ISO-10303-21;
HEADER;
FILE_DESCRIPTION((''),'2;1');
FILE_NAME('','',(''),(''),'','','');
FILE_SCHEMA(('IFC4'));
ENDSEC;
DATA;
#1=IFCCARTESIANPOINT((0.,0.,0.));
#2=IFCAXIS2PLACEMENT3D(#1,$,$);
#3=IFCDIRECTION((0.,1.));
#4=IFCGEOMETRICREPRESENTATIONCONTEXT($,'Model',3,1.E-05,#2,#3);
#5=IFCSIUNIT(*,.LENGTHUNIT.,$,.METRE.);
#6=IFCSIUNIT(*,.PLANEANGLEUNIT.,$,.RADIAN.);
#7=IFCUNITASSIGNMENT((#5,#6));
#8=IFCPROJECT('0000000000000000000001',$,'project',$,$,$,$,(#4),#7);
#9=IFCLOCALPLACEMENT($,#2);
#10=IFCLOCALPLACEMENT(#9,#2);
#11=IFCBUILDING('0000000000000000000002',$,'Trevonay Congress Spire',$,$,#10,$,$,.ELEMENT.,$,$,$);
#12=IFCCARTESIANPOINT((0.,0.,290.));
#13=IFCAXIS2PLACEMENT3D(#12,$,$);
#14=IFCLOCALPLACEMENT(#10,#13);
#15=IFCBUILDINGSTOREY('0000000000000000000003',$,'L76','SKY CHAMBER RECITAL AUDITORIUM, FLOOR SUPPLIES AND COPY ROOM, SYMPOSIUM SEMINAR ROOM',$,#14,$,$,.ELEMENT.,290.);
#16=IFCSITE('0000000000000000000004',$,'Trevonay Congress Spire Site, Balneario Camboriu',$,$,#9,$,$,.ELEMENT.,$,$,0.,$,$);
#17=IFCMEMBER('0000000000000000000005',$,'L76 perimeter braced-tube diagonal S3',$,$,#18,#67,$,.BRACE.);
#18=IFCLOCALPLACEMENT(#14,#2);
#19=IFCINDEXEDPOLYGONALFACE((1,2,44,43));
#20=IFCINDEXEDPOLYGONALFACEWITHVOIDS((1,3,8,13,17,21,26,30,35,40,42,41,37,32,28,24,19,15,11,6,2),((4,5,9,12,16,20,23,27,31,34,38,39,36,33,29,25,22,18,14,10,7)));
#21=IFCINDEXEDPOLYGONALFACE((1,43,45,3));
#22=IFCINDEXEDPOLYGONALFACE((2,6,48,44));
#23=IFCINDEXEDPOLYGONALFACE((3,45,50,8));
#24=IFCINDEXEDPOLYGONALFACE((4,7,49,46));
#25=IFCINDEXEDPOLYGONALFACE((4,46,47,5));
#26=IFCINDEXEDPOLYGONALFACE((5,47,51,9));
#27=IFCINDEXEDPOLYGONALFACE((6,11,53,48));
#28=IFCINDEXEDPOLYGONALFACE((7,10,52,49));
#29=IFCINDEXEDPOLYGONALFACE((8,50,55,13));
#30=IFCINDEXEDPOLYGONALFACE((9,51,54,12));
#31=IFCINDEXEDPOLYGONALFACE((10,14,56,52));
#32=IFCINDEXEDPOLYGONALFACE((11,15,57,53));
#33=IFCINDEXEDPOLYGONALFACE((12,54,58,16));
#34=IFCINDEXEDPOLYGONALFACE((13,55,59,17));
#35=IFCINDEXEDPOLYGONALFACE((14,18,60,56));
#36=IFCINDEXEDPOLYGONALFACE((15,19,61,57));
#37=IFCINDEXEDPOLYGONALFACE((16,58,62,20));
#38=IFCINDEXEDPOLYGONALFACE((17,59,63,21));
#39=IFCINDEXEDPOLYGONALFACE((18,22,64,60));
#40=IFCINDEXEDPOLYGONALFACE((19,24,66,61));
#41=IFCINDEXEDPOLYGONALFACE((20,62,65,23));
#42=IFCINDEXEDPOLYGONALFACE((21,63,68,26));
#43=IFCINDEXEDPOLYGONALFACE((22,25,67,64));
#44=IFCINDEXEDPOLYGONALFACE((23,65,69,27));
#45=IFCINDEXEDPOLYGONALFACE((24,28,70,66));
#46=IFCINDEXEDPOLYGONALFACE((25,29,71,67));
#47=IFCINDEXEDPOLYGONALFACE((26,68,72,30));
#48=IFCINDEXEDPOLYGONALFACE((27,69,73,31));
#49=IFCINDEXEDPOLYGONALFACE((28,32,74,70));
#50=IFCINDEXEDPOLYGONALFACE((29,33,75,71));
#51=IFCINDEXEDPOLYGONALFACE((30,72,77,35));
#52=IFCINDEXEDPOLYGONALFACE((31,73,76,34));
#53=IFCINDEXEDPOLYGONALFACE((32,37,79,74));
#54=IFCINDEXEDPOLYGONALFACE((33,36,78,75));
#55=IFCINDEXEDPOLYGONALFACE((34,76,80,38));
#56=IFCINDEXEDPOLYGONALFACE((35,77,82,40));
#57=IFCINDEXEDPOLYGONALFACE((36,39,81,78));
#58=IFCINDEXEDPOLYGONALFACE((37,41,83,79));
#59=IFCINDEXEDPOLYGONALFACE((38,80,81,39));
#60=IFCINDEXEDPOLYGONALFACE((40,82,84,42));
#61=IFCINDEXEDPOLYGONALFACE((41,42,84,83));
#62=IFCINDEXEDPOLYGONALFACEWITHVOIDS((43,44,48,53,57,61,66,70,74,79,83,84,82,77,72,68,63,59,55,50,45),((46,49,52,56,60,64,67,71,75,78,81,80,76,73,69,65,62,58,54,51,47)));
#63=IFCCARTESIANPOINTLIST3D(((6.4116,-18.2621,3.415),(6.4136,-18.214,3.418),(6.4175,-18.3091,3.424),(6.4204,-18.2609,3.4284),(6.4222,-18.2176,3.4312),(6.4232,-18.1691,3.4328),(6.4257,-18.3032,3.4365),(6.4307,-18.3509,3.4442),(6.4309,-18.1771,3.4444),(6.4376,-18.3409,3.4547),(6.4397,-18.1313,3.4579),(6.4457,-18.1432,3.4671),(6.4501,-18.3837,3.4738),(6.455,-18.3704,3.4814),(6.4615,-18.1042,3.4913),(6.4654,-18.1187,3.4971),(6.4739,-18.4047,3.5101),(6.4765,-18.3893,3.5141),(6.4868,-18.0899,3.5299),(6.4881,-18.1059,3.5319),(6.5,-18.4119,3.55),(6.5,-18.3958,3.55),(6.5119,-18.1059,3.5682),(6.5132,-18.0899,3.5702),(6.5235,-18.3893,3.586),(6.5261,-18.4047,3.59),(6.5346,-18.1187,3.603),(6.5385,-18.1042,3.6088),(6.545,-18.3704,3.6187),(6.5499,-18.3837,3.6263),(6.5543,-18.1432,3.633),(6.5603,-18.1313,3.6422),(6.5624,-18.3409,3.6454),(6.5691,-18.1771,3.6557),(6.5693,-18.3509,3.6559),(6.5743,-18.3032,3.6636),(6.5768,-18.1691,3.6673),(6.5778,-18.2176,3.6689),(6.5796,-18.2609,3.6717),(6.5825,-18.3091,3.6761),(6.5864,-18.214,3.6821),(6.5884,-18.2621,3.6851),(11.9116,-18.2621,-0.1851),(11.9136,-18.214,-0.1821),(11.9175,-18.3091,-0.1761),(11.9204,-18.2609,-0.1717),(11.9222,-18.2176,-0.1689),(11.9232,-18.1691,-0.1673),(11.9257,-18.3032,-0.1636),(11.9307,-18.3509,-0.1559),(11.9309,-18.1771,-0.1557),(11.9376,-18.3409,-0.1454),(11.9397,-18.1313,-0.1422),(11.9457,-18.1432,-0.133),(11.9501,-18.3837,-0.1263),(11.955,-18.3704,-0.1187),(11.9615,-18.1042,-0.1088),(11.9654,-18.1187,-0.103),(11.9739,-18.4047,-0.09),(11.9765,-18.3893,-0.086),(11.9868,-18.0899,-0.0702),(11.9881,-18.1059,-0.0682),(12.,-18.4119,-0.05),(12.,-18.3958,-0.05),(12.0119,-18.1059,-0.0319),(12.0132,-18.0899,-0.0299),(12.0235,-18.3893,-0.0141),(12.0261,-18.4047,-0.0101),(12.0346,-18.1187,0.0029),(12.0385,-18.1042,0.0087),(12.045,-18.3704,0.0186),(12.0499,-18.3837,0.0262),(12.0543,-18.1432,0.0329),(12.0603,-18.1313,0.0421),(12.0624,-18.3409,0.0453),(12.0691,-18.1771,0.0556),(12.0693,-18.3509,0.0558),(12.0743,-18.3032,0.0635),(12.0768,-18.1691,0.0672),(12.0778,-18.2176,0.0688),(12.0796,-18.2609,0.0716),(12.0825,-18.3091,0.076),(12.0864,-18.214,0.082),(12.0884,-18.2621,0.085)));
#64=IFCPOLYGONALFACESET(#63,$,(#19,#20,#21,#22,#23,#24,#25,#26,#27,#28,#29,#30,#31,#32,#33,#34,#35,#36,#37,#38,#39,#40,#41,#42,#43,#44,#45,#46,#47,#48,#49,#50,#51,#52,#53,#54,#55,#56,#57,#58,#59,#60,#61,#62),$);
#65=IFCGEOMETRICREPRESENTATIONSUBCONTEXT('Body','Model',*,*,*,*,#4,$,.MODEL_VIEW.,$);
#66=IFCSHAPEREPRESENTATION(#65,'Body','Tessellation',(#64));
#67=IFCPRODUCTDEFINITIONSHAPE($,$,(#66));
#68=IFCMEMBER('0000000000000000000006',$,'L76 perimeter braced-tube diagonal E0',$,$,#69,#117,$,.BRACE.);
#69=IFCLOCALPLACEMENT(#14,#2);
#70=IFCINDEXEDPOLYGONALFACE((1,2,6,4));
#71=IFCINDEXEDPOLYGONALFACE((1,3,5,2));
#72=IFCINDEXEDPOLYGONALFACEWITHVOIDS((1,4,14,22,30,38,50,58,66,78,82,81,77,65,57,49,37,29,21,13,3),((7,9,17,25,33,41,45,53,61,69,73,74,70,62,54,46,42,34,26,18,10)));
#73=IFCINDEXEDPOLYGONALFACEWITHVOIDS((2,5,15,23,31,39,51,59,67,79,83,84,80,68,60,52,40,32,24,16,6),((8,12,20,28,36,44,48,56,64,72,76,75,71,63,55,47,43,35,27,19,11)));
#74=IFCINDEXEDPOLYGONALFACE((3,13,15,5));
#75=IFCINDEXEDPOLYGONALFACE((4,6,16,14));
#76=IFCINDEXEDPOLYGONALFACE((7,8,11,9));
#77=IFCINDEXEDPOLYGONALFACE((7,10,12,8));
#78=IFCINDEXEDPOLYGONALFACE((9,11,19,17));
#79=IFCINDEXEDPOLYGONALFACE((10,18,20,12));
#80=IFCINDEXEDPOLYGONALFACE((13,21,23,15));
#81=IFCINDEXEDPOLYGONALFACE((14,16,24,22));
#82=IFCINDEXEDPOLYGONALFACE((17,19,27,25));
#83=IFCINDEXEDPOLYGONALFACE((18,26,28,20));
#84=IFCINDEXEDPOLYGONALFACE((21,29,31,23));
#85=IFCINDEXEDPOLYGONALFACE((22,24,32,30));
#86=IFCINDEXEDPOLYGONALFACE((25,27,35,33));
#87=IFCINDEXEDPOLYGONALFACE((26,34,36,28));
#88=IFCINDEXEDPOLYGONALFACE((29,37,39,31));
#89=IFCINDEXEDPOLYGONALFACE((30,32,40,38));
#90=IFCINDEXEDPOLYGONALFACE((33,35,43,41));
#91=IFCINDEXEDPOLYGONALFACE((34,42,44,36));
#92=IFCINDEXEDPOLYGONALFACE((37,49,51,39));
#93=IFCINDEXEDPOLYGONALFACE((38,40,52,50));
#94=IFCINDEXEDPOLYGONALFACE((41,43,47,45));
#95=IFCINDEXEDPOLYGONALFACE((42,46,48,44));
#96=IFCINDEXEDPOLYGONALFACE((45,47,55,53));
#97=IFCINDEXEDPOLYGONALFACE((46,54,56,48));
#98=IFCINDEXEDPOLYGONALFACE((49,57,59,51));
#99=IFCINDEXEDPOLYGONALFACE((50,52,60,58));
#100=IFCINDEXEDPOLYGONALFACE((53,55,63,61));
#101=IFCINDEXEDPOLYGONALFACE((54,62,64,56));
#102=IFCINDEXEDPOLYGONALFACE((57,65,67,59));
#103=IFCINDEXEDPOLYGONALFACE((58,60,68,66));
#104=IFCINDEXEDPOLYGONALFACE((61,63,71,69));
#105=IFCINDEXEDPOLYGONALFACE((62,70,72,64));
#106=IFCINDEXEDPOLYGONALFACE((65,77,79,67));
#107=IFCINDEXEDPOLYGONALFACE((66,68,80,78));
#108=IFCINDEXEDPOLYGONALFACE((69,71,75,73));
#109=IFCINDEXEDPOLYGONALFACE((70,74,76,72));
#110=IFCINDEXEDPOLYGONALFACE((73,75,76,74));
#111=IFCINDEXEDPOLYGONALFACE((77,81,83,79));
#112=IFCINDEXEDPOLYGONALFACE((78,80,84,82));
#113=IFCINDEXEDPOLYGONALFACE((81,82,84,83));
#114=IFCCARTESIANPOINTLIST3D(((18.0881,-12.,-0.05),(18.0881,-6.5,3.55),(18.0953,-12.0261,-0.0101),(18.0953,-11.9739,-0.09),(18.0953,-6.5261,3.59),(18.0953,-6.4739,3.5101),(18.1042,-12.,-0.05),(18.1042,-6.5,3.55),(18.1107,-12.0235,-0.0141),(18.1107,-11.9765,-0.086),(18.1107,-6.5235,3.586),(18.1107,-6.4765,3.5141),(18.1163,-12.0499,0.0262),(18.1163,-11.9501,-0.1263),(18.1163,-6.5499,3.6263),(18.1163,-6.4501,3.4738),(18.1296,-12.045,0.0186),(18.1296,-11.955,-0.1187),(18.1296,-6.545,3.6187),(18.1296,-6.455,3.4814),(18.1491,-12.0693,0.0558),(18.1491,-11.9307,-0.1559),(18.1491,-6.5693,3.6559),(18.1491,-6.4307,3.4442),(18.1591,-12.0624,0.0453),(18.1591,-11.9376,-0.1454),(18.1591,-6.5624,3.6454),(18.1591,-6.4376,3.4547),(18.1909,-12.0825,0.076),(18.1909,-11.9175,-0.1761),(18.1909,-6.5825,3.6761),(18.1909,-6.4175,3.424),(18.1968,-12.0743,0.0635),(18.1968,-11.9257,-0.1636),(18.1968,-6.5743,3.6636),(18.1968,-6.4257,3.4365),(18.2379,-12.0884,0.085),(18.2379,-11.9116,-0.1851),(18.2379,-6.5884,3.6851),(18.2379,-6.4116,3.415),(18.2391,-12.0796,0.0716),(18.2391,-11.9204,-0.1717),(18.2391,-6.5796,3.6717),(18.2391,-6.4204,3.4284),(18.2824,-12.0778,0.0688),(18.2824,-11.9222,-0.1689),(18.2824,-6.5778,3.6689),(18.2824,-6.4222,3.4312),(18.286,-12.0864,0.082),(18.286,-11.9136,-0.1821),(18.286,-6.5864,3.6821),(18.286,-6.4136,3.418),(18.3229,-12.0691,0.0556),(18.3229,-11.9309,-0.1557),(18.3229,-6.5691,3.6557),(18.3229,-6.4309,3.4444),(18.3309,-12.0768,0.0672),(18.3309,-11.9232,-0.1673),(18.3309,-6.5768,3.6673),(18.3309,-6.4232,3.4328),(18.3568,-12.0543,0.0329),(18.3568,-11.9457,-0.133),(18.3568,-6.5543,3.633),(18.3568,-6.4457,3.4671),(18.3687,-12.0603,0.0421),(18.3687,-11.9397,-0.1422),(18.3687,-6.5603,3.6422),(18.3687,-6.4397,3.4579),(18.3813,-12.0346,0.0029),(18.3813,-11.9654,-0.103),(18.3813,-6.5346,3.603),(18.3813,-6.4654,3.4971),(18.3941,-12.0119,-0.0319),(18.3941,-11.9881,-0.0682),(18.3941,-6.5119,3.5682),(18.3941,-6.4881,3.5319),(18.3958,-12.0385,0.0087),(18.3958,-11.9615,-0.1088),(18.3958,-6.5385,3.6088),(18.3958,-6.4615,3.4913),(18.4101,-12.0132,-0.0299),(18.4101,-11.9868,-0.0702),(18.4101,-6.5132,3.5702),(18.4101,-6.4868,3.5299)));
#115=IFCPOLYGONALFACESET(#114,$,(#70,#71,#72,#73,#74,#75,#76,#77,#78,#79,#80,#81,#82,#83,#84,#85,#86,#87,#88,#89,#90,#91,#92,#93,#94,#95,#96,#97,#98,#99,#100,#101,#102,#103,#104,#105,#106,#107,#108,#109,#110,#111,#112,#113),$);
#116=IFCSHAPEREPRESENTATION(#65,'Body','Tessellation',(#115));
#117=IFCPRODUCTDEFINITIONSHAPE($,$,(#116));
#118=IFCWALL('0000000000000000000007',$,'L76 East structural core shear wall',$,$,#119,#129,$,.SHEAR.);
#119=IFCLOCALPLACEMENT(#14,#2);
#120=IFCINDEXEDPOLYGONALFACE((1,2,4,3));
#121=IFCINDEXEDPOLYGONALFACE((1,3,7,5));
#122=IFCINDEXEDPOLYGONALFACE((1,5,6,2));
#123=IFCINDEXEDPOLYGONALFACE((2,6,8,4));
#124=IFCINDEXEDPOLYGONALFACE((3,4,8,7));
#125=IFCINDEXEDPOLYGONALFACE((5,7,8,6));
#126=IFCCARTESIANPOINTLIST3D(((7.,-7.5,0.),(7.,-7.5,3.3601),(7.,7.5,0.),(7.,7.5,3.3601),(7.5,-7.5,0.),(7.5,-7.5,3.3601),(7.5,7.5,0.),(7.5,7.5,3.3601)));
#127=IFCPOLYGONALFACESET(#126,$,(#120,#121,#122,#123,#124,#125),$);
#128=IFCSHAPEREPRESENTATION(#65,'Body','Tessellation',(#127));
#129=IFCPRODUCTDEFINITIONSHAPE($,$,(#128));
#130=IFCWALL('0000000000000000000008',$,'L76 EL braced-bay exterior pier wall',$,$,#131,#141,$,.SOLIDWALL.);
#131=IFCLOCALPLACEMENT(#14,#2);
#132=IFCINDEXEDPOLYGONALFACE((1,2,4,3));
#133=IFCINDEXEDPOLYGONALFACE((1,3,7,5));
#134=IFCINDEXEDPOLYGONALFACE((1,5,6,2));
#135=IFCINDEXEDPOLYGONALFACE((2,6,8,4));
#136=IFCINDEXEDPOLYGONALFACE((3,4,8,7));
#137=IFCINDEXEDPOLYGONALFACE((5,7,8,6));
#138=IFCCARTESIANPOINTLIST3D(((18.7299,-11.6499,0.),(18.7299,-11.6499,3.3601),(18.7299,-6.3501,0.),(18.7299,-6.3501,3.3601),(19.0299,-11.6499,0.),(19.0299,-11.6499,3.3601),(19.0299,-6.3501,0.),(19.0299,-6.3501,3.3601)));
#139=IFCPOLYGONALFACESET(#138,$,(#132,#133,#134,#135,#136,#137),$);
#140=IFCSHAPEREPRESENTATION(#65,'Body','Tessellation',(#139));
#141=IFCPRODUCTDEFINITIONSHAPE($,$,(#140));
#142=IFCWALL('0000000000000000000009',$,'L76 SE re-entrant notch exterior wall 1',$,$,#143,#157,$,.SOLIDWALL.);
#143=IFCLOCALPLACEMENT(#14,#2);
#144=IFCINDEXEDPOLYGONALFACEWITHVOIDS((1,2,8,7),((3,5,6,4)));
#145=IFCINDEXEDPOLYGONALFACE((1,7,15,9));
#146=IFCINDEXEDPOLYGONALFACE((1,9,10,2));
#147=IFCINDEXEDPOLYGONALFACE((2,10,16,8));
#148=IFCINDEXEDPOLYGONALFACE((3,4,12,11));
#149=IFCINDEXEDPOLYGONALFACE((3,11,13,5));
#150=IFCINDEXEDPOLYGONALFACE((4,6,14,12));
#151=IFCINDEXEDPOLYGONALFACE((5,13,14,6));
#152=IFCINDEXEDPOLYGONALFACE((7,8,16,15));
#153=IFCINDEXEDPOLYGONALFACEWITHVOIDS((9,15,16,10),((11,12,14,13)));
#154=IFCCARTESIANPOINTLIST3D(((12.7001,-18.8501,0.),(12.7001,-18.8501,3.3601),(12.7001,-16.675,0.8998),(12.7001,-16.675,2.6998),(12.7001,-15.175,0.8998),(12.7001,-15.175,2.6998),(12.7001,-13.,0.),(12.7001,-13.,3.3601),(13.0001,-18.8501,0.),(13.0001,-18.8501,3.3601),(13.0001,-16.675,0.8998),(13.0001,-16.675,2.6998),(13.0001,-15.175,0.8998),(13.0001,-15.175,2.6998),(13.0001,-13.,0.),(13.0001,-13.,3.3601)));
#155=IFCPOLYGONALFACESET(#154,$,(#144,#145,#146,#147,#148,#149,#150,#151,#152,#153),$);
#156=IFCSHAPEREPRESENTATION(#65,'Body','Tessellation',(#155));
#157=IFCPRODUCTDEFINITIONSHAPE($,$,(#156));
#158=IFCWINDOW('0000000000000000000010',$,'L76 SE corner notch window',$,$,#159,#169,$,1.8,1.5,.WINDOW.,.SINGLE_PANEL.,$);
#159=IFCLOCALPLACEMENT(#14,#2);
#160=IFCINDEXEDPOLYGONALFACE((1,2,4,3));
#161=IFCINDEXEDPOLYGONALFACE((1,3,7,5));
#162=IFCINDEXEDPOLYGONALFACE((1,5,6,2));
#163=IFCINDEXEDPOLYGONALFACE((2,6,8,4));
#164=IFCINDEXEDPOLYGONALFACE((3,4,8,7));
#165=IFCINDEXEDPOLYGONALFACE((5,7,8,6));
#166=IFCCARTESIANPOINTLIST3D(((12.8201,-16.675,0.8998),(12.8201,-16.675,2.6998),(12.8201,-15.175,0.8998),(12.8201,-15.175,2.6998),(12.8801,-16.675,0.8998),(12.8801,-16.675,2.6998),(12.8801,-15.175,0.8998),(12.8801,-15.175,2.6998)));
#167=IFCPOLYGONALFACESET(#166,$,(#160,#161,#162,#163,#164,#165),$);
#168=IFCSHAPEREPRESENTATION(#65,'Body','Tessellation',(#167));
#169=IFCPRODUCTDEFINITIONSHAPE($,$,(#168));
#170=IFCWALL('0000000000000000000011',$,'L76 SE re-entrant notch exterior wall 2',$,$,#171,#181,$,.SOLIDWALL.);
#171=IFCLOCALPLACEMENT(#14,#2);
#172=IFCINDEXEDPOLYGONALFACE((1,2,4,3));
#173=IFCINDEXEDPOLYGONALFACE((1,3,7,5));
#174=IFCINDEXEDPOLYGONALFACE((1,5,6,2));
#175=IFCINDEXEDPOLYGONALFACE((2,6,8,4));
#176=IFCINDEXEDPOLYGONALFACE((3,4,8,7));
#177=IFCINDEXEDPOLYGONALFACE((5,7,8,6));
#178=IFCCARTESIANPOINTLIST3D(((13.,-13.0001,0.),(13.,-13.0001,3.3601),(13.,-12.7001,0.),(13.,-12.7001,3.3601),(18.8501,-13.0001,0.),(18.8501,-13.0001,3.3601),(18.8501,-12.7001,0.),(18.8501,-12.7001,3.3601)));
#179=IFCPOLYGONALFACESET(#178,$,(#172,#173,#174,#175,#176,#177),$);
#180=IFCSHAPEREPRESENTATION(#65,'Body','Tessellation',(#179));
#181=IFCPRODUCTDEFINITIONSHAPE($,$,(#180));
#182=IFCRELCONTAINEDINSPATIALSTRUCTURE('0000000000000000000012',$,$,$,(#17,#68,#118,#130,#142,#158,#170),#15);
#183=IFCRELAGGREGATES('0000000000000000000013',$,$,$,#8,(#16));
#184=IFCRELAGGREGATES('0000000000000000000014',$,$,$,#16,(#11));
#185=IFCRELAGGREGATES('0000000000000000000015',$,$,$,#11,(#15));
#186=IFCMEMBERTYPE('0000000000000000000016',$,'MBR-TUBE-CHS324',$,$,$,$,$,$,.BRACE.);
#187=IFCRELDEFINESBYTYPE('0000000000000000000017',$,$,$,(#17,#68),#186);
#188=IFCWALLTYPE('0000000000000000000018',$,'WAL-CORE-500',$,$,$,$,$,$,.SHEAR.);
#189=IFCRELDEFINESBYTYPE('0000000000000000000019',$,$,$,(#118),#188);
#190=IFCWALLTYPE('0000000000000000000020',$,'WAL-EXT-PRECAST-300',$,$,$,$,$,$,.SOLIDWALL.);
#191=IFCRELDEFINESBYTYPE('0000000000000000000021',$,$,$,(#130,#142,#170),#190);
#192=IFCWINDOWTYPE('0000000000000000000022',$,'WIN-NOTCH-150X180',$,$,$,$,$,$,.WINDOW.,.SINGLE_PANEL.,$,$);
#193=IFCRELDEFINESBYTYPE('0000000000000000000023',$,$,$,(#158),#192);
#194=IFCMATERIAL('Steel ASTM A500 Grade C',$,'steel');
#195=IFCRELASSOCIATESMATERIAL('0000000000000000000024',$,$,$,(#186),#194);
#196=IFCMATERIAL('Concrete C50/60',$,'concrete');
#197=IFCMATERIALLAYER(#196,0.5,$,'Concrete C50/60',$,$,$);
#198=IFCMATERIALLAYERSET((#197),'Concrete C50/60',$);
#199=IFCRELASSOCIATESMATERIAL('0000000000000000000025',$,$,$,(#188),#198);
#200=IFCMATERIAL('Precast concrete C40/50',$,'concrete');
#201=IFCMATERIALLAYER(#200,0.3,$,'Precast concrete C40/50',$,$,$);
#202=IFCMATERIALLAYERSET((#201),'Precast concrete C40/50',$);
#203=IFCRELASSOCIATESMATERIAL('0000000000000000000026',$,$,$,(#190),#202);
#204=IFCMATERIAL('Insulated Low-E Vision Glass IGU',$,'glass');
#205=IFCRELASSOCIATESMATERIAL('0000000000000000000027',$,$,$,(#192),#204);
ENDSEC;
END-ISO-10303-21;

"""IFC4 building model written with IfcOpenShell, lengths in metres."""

from ifc_helpers import new_model, si_unit, direction, frame, frame_2d, origin, origin_2d, place, context, subcontext, project, spatial, rectangle, hollow_circle, extrude, material, layer, layer_set, material_profile, profile_set, type_object, element, fill, save


model = new_model("IFC4")

# Units and contexts
model_context = context("Model", 3, precision=1e-05, world=origin(), true_north=direction((0.0, 1.0)))
body_context = subcontext(model_context, "Body", "Model", "MODEL_VIEW")
ifc_project = project(units=[si_unit("LENGTHUNIT", "METRE"), si_unit("PLANEANGLEUNIT", "RADIAN")], contexts=[model_context])

# Site, building, storey
site_placement = place(None, origin())
site = spatial("IfcSite", under=ifc_project, at=site_placement, Name="Trevonay Congress Spire Site, Balneario Camboriu", CompositionType="ELEMENT", RefElevation=0.0)
building_placement = place(site_placement, origin())
building = spatial("IfcBuilding", under=site, at=building_placement, Name="Trevonay Congress Spire", CompositionType="ELEMENT")
storey_placement = place(building_placement, frame((0.0, 0.0, 290.0)))
storey = spatial("IfcBuildingStorey", under=building, at=storey_placement, Name="L76", Description="SKY CHAMBER RECITAL AUDITORIUM, FLOOR SUPPLIES AND COPY ROOM, SYMPOSIUM SEMINAR ROOM", CompositionType="ELEMENT", Elevation=290.0)

# Members
ifc_material_1 = material(Name="Steel ASTM A500 Grade C", Category="steel")
ifc_material_profile_1 = material_profile(ifc_material_1, hollow_circle(Radius=0.1619, WallThickness=0.0161, at=origin_2d()), Name="CHS 323.9x16")
ifc_profile_set_1 = profile_set([ifc_material_profile_1], Name="Steel ASTM A500 Grade C")
member_type = type_object("IfcMemberType", Name="MBR-TUBE-CHS324", PredefinedType="BRACE", material=ifc_profile_set_1)
for number, where, z_axis, x_axis, name in (
    (1, (12.0, -18.25, -0.05), (-0.836695, 0.0, 0.54767), (0.0, -1.0, 0.0), "L76 perimeter braced-tube diagonal S3"),
    (2, (18.25, -12.0, -0.05), (0.0, 0.836695, 0.54767), (-1.0, 0.0, 0.0), "L76 perimeter braced-tube diagonal E0"),
):
    element("IfcMember", number, at=place(storey_placement, frame(where, z_axis=z_axis, x_axis=x_axis)), inside=storey, type_object=member_type, Name=name, PredefinedType="BRACE", context=body_context, shape_type="SweptSolid", body=[
        extrude(hollow_circle(Radius=0.1619, WallThickness=0.0161, at=origin_2d()), origin(), (0.0, 0.0, 1.0), 6.5735),
    ])

# Walls
ifc_material_2 = material(Name="Concrete C50/60", Category="concrete")
ifc_layer_1 = layer(ifc_material_2, 0.5, Name="Concrete C50/60")
ifc_layer_set_1 = layer_set([ifc_layer_1], Name="Concrete C50/60")
wall_type_1 = type_object("IfcWallType", Name="WAL-CORE-500", PredefinedType="SHEAR", material=ifc_layer_set_1)
wall_1_placement = place(storey_placement, frame((7.25, -7.5, 0.0), z_axis=(0.0, 0.0, 1.0), x_axis=(0.0, 1.0, 0.0)))
element("IfcWall", 3, at=wall_1_placement, inside=storey, type_object=wall_type_1, Name="L76 East structural core shear wall", PredefinedType="SHEAR", context=body_context, shape_type="SweptSolid", body=[
    extrude(rectangle(XDim=15.0, YDim=0.5, at=frame_2d((7.5, 0.0))), origin(), (0.0, 0.0, 1.0), 3.3601),
])
ifc_material_3 = material(Name="Precast concrete C40/50", Category="concrete")
ifc_layer_2 = layer(ifc_material_3, 0.3, Name="Precast concrete C40/50")
ifc_layer_set_2 = layer_set([ifc_layer_2], Name="Precast concrete C40/50")
wall_type_2 = type_object("IfcWallType", Name="WAL-EXT-PRECAST-300", PredefinedType="SOLIDWALL", material=ifc_layer_set_2)
wall_2_placement = place(storey_placement, frame((18.8799, -11.6499, 0.0), z_axis=(0.0, 0.0, 1.0), x_axis=(0.0, 1.0, 0.0)))
element("IfcWall", 4, at=wall_2_placement, inside=storey, type_object=wall_type_2, Name="L76 EL braced-bay exterior pier wall", PredefinedType="SOLIDWALL", context=body_context, shape_type="SweptSolid", body=[
    extrude(rectangle(XDim=5.2998, YDim=0.3, at=frame_2d((2.6499, 0.0))), origin(), (0.0, 0.0, 1.0), 3.3601),
])

# Wall, opening, window
wall_3_placement = place(storey_placement, frame((12.8501, -18.8501, 0.0), z_axis=(0.0, 0.0, 1.0), x_axis=(0.0, 1.0, 0.0)))
wall_3 = element("IfcWall", 5, at=wall_3_placement, inside=storey, type_object=wall_type_2, Name="L76 SE re-entrant notch exterior wall 1", PredefinedType="SOLIDWALL", context=body_context, shape_type="SweptSolid", body=[
    extrude(rectangle(XDim=5.8501, YDim=0.3, at=frame_2d((2.925, 0.0))), origin(), (0.0, 0.0, 1.0), 3.3601),
])
opening_placement = place(wall_3_placement, frame((2.175, 0.0, 0.8999)))
opening = element("IfcOpeningElement", 6, at=opening_placement, cuts=wall_3, PredefinedType="OPENING", context=body_context, shape_type="SweptSolid", body=[
    extrude(rectangle(XDim=1.5, YDim=1.8, at=frame_2d((0.75, 0.8999))), frame((0.0, 0.1602, 0.0), z_axis=(0.0, -1.0, 0.0), x_axis=(1.0, 0.0, 0.0)), (0.0, 0.0, 1.0), 0.3201),
])
ifc_material_4 = material(Name="Insulated Low-E Vision Glass IGU", Category="glass")
window_type = type_object("IfcWindowType", Name="WIN-NOTCH-150X180", PartitioningType="SINGLE_PANEL", PredefinedType="WINDOW", material=ifc_material_4)
window_placement = place(opening_placement, origin())
window = element("IfcWindow", 7, at=window_placement, inside=storey, type_object=window_type, Name="L76 SE corner notch window", OverallHeight=1.8, OverallWidth=1.5, PartitioningType="SINGLE_PANEL", PredefinedType="WINDOW", context=body_context, shape_type="SweptSolid", body=[
    extrude(rectangle(XDim=1.5, YDim=1.8, at=frame_2d((0.75, 0.8999))), frame((0.0, 0.03, 0.0), z_axis=(0.0, -1.0, 0.0), x_axis=(1.0, 0.0, 0.0)), (0.0, 0.0, 1.0), 0.0601),
])
fill(opening, window)

# Wall
wall_4_placement = place(storey_placement, frame((18.8501, -12.8501, 0.0), z_axis=(0.0, 0.0, 1.0), x_axis=(-1.0, 0.0, 0.0)))
element("IfcWall", 8, at=wall_4_placement, inside=storey, type_object=wall_type_2, Name="L76 SE re-entrant notch exterior wall 2", PredefinedType="SOLIDWALL", context=body_context, shape_type="SweptSolid", body=[
    extrude(rectangle(XDim=5.8501, YDim=0.3, at=frame_2d((2.925, 0.0))), origin(), (0.0, 0.0, 1.0), 3.3601),
])

save(model, "model.ifc")
